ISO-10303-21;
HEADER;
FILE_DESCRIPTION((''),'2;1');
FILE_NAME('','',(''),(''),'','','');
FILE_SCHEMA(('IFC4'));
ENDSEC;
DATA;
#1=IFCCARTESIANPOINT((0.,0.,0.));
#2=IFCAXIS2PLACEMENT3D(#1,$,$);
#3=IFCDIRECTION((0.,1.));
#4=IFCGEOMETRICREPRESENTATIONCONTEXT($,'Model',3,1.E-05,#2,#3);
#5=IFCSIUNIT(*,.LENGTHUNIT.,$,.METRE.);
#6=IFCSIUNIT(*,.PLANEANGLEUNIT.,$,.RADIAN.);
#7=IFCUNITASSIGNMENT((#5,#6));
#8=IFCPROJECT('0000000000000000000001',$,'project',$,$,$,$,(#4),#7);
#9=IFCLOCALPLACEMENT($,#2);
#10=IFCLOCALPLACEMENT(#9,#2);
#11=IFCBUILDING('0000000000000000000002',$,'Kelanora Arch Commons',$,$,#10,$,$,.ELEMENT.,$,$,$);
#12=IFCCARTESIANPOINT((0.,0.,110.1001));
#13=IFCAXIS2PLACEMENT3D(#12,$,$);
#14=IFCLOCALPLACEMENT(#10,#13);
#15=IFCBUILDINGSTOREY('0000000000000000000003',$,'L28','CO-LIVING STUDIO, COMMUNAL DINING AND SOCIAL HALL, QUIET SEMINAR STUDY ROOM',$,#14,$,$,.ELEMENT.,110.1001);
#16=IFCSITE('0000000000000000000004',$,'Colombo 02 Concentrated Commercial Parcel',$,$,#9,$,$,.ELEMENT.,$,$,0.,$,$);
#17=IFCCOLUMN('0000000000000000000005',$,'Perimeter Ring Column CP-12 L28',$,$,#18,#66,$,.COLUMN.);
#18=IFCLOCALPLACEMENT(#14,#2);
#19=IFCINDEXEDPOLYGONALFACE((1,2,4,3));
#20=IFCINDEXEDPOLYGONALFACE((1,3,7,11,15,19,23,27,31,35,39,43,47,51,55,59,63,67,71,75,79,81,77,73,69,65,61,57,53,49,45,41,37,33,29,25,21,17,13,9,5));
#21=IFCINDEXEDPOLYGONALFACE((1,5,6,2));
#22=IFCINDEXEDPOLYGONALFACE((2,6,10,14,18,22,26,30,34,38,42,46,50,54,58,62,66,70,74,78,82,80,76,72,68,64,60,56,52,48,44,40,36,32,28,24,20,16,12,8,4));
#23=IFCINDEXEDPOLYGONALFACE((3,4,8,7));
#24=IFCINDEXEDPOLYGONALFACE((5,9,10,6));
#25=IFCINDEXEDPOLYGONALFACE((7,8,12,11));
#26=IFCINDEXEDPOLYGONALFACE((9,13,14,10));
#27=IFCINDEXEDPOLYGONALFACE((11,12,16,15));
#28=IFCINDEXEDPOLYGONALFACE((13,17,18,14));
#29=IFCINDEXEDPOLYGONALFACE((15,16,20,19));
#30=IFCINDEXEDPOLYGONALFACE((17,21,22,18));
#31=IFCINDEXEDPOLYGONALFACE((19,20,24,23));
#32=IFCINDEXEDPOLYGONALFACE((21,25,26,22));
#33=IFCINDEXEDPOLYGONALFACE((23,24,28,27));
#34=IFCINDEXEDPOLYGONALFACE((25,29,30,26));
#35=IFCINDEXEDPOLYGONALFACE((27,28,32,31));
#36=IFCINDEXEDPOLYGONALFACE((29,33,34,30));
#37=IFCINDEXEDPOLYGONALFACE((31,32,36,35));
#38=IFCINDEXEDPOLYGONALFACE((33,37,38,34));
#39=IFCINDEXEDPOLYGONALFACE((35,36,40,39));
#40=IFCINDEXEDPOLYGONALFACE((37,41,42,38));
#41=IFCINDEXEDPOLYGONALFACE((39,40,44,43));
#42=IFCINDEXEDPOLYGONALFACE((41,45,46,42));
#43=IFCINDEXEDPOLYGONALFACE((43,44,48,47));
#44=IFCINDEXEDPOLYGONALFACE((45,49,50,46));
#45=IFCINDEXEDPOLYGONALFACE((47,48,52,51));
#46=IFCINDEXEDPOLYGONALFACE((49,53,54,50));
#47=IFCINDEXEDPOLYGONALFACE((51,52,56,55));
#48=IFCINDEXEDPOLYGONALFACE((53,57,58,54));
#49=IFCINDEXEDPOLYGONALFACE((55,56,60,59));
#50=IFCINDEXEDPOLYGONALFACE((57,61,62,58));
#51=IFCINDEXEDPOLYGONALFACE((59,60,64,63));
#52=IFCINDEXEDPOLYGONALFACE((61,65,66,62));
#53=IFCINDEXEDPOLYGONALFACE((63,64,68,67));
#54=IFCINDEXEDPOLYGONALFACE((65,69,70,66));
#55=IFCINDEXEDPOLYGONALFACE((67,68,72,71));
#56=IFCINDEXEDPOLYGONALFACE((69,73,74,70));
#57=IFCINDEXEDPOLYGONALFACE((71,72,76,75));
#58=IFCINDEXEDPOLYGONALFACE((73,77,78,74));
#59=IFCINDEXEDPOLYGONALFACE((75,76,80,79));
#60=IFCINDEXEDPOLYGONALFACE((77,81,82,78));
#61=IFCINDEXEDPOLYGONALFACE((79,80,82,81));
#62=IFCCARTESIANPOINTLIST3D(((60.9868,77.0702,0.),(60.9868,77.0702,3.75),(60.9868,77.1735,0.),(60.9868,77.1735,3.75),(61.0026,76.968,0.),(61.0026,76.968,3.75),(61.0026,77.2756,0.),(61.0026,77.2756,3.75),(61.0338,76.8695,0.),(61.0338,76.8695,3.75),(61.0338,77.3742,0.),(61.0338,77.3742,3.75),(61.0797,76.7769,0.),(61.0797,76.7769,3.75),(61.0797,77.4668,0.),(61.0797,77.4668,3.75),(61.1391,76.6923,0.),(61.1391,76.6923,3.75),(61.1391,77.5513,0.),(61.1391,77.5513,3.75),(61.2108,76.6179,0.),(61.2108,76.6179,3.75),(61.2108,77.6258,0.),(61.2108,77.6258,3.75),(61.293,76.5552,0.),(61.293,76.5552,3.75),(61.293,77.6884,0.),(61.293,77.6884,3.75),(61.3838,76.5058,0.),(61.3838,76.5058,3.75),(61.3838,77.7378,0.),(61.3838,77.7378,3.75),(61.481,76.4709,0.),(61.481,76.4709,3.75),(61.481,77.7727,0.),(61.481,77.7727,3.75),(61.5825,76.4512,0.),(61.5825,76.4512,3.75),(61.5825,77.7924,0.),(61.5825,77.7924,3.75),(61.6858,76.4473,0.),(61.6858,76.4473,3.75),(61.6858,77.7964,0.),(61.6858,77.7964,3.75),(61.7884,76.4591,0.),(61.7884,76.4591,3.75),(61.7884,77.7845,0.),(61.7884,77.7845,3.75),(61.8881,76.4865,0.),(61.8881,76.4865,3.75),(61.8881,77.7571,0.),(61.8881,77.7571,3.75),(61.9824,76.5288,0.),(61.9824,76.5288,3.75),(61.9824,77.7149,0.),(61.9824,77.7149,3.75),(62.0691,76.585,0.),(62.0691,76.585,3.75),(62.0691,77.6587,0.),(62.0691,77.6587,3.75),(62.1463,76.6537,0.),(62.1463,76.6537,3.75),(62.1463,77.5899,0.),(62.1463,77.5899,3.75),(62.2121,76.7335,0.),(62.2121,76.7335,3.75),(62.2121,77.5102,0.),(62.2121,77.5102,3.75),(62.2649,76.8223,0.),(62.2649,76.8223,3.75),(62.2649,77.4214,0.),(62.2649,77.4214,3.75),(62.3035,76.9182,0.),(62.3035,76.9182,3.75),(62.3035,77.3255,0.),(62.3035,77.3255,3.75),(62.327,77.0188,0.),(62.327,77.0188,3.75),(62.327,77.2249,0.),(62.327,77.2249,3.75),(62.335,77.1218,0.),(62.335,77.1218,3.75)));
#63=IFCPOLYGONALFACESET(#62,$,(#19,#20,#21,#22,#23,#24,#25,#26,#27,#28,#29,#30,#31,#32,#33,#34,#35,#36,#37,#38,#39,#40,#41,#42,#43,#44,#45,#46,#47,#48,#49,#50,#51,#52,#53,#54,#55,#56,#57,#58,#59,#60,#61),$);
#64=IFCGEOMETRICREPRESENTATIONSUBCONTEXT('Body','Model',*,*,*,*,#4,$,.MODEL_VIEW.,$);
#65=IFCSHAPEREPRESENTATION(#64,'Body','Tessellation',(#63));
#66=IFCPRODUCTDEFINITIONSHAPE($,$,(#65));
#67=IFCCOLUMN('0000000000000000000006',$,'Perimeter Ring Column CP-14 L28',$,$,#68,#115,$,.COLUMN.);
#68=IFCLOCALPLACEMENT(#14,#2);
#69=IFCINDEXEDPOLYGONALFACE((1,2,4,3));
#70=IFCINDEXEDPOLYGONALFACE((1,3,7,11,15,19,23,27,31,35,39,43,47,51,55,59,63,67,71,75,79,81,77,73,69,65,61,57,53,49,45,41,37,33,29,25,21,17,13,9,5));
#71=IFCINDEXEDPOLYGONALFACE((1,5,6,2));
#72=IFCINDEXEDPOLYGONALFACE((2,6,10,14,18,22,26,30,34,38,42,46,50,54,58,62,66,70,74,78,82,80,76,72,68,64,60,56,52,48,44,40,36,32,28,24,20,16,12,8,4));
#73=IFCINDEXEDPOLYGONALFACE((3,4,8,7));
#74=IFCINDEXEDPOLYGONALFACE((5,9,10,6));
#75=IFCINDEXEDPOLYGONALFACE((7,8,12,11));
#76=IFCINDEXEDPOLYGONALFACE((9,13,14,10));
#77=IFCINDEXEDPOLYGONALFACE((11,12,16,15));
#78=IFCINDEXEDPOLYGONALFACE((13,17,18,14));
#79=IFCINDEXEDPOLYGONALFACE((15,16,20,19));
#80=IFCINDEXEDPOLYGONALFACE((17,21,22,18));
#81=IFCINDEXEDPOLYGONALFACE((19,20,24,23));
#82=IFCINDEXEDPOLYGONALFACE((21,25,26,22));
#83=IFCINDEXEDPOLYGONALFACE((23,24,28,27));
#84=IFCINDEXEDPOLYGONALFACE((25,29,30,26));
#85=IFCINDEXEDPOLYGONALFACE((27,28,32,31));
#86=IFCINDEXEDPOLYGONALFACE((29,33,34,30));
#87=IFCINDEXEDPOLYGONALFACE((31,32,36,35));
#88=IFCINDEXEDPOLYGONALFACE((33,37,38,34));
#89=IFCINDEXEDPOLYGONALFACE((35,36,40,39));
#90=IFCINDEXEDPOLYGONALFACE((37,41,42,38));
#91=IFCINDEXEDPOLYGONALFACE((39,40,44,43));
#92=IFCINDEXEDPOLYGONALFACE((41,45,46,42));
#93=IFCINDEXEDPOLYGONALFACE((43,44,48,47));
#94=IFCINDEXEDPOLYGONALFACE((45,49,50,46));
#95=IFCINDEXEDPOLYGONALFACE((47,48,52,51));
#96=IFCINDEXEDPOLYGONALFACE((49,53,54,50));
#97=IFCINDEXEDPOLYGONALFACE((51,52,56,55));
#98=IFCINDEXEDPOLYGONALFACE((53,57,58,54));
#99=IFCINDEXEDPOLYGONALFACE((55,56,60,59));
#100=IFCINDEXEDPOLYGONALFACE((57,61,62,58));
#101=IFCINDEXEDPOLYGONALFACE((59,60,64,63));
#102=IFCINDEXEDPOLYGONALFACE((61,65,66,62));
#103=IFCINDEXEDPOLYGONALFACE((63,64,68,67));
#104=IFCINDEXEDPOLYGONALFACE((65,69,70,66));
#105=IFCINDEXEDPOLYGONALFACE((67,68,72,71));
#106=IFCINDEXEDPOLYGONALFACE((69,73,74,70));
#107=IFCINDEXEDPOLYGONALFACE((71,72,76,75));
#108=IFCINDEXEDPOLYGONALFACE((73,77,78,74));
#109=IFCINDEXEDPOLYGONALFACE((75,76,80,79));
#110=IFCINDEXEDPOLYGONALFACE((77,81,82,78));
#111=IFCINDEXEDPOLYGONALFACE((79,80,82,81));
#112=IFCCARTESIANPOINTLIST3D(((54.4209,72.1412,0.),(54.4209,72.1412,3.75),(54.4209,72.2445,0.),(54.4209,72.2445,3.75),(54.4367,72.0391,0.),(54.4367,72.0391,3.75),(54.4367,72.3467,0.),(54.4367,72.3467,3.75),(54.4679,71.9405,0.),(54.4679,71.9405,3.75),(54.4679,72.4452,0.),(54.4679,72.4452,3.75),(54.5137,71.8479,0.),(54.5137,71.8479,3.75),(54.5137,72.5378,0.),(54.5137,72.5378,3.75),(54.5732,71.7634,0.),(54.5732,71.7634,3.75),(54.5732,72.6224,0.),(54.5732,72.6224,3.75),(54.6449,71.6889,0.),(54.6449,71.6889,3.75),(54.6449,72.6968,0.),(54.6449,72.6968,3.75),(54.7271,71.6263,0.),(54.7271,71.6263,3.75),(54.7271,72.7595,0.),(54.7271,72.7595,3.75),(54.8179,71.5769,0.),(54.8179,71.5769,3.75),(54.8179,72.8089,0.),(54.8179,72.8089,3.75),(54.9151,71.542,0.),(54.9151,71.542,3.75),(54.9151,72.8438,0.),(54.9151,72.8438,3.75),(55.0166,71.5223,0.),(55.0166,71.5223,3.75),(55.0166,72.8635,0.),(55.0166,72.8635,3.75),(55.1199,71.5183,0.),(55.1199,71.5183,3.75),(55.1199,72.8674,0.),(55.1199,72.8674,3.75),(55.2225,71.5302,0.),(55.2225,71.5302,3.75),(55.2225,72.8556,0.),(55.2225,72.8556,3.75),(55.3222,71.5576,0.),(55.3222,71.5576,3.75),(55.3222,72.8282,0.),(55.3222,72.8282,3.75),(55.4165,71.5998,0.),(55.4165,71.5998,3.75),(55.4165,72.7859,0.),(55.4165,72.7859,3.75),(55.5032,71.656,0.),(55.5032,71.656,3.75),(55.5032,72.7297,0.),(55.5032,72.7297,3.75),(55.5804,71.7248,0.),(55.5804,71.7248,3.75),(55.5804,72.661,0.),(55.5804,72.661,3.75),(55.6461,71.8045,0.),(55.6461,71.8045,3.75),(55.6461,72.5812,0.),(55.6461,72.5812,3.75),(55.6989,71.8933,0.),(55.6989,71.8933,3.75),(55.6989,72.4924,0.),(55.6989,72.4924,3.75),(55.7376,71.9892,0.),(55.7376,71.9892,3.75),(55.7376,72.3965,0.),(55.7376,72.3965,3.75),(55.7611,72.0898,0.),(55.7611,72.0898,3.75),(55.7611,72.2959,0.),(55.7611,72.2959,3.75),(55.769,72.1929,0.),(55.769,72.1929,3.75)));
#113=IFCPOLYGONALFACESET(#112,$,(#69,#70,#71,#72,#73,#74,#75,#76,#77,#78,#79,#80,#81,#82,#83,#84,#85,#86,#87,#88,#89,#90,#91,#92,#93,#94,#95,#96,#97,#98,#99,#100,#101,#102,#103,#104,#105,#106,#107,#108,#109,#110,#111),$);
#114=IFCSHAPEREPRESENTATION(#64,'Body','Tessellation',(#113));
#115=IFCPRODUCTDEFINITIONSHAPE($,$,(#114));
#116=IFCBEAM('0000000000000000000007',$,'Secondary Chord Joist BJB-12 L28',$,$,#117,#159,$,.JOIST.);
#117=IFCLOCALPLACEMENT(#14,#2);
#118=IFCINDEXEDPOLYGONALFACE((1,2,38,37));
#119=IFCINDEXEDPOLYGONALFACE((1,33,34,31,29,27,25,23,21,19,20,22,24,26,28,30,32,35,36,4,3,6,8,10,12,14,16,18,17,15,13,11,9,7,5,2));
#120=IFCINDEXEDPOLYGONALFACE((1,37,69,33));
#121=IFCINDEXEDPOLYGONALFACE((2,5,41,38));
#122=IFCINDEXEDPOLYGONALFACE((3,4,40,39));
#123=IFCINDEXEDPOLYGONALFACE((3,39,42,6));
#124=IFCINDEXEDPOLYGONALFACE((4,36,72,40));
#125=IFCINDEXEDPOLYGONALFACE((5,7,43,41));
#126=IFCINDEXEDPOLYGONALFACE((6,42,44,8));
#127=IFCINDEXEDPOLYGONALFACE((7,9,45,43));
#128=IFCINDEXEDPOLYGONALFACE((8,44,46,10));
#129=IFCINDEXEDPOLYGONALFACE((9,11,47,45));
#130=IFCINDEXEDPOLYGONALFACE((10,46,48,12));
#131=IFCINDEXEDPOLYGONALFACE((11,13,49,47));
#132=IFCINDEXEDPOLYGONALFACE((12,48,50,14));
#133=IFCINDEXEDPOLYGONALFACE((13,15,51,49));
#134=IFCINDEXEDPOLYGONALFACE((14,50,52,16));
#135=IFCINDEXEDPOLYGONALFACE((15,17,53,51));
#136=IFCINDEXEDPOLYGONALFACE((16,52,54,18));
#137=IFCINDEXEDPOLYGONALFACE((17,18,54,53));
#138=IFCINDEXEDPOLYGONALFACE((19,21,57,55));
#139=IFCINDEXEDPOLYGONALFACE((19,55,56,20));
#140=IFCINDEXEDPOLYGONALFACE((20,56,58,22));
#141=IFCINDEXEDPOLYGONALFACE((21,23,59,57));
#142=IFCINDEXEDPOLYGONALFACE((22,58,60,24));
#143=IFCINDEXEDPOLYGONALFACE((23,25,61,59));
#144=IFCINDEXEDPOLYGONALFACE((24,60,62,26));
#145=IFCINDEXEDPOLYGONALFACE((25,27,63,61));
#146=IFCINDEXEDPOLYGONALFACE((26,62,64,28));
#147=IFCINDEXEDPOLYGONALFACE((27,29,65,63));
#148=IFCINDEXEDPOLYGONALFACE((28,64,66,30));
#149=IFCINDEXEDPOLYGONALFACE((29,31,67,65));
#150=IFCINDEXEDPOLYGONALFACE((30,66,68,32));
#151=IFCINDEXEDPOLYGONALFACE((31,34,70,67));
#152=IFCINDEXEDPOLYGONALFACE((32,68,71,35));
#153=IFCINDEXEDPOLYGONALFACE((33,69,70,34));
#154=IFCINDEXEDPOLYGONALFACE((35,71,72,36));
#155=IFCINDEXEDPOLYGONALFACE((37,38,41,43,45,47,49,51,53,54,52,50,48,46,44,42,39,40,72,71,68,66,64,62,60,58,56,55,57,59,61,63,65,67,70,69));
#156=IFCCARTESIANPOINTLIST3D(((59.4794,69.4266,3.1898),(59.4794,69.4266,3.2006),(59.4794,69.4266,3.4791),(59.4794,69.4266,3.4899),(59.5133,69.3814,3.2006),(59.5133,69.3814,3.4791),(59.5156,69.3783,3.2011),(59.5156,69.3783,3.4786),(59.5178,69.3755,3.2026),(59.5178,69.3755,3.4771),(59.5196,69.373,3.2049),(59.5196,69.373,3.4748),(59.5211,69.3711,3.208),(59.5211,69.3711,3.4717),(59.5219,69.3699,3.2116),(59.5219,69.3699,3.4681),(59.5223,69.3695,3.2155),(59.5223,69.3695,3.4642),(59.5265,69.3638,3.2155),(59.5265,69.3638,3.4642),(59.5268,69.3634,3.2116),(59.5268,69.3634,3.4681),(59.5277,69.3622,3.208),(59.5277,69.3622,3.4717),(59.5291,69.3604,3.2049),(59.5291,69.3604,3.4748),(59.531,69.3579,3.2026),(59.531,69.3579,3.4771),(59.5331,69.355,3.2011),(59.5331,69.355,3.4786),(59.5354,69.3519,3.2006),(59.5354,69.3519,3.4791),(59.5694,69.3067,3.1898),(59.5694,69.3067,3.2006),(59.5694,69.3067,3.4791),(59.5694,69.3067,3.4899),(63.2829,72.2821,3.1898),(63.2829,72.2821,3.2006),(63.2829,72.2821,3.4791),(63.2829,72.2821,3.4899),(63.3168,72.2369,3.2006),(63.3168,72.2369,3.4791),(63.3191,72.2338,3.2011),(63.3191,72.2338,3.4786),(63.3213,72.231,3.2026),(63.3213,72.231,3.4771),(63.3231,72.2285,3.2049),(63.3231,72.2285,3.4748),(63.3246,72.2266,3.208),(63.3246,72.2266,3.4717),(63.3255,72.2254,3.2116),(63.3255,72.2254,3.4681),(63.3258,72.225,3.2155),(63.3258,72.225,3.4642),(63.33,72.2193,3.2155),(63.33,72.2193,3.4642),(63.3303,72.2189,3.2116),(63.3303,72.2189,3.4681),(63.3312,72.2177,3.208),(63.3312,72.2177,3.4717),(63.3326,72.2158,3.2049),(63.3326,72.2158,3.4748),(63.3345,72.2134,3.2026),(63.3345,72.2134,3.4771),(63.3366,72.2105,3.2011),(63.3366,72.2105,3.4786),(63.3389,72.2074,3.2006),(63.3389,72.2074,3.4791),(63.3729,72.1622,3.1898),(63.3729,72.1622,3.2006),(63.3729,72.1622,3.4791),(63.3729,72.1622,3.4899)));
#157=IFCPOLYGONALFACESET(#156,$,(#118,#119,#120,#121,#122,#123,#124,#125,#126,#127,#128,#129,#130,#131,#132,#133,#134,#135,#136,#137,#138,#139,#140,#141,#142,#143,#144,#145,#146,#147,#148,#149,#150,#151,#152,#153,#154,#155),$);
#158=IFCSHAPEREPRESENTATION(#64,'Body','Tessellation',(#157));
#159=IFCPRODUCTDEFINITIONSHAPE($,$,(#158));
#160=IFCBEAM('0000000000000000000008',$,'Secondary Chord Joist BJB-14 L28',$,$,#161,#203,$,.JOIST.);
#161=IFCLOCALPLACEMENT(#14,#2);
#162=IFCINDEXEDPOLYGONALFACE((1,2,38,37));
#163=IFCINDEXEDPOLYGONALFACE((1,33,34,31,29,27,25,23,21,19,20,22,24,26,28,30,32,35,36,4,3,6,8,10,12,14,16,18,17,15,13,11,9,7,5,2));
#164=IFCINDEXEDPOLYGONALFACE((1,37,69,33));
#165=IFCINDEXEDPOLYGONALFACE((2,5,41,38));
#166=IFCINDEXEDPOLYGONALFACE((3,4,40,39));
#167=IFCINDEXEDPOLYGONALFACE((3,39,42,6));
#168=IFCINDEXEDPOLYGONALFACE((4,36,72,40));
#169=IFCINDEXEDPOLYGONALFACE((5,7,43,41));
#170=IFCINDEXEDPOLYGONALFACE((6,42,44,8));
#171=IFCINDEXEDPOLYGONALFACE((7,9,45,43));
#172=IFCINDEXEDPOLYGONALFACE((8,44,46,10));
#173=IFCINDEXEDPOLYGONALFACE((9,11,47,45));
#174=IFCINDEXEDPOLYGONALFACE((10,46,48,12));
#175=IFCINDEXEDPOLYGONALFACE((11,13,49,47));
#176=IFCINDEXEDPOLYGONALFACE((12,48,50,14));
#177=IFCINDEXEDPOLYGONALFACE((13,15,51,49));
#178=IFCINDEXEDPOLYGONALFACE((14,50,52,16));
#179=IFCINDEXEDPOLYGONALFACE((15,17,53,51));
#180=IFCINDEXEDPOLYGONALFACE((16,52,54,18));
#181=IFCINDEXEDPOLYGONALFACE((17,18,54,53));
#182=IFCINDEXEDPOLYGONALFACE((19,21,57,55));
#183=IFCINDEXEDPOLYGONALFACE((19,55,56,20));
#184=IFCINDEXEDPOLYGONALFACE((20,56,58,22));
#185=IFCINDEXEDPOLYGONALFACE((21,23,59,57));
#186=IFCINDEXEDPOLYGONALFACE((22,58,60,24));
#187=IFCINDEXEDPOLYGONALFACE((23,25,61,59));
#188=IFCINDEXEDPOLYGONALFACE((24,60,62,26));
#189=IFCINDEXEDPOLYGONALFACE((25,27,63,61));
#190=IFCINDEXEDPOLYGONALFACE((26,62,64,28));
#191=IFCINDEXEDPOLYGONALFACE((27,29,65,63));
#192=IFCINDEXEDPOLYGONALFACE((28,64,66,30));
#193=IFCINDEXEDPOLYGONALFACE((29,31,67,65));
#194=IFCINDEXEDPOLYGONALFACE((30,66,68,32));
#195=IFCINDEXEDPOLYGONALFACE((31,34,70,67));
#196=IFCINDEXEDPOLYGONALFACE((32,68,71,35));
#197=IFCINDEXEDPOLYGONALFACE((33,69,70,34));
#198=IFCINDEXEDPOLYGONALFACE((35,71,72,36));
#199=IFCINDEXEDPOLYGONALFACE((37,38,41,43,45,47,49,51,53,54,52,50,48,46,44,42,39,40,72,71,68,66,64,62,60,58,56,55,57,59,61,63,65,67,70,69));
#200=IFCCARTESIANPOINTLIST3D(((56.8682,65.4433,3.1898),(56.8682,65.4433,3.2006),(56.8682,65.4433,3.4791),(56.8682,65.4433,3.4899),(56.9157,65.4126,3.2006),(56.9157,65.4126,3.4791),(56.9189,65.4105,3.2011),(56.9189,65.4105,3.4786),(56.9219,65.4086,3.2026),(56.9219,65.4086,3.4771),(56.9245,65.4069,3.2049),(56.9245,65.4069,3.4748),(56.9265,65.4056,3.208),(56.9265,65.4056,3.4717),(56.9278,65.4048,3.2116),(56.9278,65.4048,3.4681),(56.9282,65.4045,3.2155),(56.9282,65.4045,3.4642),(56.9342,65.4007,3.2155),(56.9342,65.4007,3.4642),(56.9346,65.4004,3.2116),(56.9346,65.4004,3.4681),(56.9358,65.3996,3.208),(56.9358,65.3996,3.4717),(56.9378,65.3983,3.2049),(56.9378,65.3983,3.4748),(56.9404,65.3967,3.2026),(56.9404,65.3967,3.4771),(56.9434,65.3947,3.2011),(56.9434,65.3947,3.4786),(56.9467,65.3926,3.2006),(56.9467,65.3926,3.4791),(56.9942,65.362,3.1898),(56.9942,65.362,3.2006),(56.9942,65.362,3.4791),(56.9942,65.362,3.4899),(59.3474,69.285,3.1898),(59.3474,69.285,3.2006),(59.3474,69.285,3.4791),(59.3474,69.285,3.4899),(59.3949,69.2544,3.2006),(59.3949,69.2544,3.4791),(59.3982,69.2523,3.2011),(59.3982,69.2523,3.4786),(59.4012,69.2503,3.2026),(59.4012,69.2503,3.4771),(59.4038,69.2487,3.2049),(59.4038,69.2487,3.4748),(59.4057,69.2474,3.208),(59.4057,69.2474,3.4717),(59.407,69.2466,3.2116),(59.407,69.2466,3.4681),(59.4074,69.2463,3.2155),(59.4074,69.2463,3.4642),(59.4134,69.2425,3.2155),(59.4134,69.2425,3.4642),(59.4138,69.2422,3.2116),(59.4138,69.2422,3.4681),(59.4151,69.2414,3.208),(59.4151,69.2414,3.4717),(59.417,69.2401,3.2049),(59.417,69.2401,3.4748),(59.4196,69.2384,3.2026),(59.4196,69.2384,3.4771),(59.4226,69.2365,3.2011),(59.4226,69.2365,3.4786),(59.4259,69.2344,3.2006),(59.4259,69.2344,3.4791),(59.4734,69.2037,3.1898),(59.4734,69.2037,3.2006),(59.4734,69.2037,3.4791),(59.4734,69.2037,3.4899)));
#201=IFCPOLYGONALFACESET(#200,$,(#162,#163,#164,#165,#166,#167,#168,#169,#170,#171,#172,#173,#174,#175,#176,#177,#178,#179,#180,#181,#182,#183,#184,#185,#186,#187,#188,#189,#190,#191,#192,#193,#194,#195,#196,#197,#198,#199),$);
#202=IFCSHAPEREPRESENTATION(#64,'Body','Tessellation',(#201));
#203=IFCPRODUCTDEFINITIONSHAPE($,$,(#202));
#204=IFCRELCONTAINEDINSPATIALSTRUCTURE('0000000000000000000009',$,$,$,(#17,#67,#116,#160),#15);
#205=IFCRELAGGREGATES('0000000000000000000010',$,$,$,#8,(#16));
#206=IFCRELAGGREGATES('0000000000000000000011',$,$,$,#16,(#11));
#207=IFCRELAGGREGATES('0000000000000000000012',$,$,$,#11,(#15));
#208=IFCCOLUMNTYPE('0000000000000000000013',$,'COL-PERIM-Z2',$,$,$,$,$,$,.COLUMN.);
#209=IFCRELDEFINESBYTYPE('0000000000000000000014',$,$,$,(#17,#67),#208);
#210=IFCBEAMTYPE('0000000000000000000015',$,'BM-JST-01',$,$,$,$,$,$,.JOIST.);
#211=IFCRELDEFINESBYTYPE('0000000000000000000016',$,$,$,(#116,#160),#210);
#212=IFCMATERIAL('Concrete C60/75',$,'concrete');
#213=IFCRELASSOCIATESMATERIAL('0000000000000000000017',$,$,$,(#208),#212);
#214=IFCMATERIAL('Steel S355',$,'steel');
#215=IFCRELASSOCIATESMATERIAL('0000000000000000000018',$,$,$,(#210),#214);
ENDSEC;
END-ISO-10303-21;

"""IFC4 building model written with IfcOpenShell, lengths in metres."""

from ifc_helpers import new_model, si_unit, direction, frame, origin, origin_2d, place, context, subcontext, project, spatial, circle, i_section, extrude, material, material_profile, profile_set, type_object, element, save


model = new_model("IFC4")

# Units and contexts
model_context = context("Model", 3, precision=1e-05, world=origin(), true_north=direction((0.0, 1.0)))
body_context = subcontext(model_context, "Body", "Model", "MODEL_VIEW")
ifc_project = project(units=[si_unit("LENGTHUNIT", "METRE"), si_unit("PLANEANGLEUNIT", "RADIAN")], contexts=[model_context])

# Site, building, storey
site_placement = place(None, origin())
site = spatial("IfcSite", under=ifc_project, at=site_placement, Name="Colombo 02 Concentrated Commercial Parcel", CompositionType="ELEMENT", RefElevation=0.0)
building_placement = place(site_placement, origin())
building = spatial("IfcBuilding", under=site, at=building_placement, Name="Kelanora Arch Commons", CompositionType="ELEMENT")
storey_placement = place(building_placement, frame((0.0, 0.0, 110.1001)))
storey = spatial("IfcBuildingStorey", under=building, at=storey_placement, Name="L28", Description="CO-LIVING STUDIO, COMMUNAL DINING AND SOCIAL HALL, QUIET SEMINAR STUDY ROOM", CompositionType="ELEMENT", Elevation=110.1001)

# Columns
ifc_material_1 = material(Name="Concrete C60/75", Category="concrete")
ifc_material_profile_1 = material_profile(ifc_material_1, circle(Radius=0.675, at=origin_2d()), Name="RCC1350")
ifc_profile_set_1 = profile_set([ifc_material_profile_1], Name="Concrete C60/75")
column_type = type_object("IfcColumnType", Name="COL-PERIM-Z2", PredefinedType="COLUMN", material=ifc_profile_set_1)
for number, where, z_axis, x_axis, name in (
    (1, (61.6599, 77.1218, 0.0), (0.0, 0.0, 1.0), (1.0, 0.0, 0.0), "Perimeter Ring Column CP-12 L28"),
    (2, (55.094, 72.1929, 0.0), (0.0, 0.0, 1.0), (1.0, 0.0, 0.0), "Perimeter Ring Column CP-14 L28"),
):
    element("IfcColumn", number, at=place(storey_placement, frame(where, z_axis=z_axis, x_axis=x_axis)), inside=storey, type_object=column_type, Name=name, PredefinedType="COLUMN", context=body_context, shape_type="SweptSolid", body=[
        extrude(circle(Radius=0.675, at=origin_2d()), origin(), (0.0, 0.0, 1.0), 3.75),
    ])

# Beams
ifc_material_2 = material(Name="Steel S355", Category="steel")
ifc_material_profile_2 = material_profile(ifc_material_2, i_section(OverallWidth=0.1499, OverallDepth=0.3, WebThickness=0.0071, FlangeThickness=0.0107, FilletRadius=0.0149, at=origin_2d()), Name="IPE300")
ifc_profile_set_2 = profile_set([ifc_material_profile_2], Name="Steel S355")
beam_type_1 = type_object("IfcBeamType", Name="BM-JST-01", PredefinedType="JOIST", material=ifc_profile_set_2)
beam_1_placement = place(storey_placement, frame((63.3279, 72.2222, 3.3398), z_axis=(-0.79971, -0.600386, 0.0), x_axis=(0.600386, -0.79971, 0.0)))
element("IfcBeam", 3, at=beam_1_placement, inside=storey, type_object=beam_type_1, Name="Secondary Chord Joist BJB-12 L28", PredefinedType="JOIST", context=body_context, shape_type="SweptSolid", body=[
    extrude(i_section(OverallWidth=0.1499, OverallDepth=0.3, WebThickness=0.0071, FlangeThickness=0.0107, FilletRadius=0.0149, at=origin_2d()), origin(), (0.0, 0.0, 1.0), 4.7561),
])
beam_2_placement = place(storey_placement, frame((59.4104, 69.2444, 3.3398), z_axis=(-0.54223, -0.84023, 0.0), x_axis=(0.84023, -0.54223, 0.0)))
element("IfcBeam", 4, at=beam_2_placement, inside=storey, type_object=beam_type_1, Name="Secondary Chord Joist BJB-14 L28", PredefinedType="JOIST", context=body_context, shape_type="SweptSolid", body=[
    extrude(i_section(OverallWidth=0.1499, OverallDepth=0.3, WebThickness=0.0071, FlangeThickness=0.0107, FilletRadius=0.0149, at=origin_2d()), origin(), (0.0, 0.0, 1.0), 4.5723),
])

save(model, "model.ifc")
